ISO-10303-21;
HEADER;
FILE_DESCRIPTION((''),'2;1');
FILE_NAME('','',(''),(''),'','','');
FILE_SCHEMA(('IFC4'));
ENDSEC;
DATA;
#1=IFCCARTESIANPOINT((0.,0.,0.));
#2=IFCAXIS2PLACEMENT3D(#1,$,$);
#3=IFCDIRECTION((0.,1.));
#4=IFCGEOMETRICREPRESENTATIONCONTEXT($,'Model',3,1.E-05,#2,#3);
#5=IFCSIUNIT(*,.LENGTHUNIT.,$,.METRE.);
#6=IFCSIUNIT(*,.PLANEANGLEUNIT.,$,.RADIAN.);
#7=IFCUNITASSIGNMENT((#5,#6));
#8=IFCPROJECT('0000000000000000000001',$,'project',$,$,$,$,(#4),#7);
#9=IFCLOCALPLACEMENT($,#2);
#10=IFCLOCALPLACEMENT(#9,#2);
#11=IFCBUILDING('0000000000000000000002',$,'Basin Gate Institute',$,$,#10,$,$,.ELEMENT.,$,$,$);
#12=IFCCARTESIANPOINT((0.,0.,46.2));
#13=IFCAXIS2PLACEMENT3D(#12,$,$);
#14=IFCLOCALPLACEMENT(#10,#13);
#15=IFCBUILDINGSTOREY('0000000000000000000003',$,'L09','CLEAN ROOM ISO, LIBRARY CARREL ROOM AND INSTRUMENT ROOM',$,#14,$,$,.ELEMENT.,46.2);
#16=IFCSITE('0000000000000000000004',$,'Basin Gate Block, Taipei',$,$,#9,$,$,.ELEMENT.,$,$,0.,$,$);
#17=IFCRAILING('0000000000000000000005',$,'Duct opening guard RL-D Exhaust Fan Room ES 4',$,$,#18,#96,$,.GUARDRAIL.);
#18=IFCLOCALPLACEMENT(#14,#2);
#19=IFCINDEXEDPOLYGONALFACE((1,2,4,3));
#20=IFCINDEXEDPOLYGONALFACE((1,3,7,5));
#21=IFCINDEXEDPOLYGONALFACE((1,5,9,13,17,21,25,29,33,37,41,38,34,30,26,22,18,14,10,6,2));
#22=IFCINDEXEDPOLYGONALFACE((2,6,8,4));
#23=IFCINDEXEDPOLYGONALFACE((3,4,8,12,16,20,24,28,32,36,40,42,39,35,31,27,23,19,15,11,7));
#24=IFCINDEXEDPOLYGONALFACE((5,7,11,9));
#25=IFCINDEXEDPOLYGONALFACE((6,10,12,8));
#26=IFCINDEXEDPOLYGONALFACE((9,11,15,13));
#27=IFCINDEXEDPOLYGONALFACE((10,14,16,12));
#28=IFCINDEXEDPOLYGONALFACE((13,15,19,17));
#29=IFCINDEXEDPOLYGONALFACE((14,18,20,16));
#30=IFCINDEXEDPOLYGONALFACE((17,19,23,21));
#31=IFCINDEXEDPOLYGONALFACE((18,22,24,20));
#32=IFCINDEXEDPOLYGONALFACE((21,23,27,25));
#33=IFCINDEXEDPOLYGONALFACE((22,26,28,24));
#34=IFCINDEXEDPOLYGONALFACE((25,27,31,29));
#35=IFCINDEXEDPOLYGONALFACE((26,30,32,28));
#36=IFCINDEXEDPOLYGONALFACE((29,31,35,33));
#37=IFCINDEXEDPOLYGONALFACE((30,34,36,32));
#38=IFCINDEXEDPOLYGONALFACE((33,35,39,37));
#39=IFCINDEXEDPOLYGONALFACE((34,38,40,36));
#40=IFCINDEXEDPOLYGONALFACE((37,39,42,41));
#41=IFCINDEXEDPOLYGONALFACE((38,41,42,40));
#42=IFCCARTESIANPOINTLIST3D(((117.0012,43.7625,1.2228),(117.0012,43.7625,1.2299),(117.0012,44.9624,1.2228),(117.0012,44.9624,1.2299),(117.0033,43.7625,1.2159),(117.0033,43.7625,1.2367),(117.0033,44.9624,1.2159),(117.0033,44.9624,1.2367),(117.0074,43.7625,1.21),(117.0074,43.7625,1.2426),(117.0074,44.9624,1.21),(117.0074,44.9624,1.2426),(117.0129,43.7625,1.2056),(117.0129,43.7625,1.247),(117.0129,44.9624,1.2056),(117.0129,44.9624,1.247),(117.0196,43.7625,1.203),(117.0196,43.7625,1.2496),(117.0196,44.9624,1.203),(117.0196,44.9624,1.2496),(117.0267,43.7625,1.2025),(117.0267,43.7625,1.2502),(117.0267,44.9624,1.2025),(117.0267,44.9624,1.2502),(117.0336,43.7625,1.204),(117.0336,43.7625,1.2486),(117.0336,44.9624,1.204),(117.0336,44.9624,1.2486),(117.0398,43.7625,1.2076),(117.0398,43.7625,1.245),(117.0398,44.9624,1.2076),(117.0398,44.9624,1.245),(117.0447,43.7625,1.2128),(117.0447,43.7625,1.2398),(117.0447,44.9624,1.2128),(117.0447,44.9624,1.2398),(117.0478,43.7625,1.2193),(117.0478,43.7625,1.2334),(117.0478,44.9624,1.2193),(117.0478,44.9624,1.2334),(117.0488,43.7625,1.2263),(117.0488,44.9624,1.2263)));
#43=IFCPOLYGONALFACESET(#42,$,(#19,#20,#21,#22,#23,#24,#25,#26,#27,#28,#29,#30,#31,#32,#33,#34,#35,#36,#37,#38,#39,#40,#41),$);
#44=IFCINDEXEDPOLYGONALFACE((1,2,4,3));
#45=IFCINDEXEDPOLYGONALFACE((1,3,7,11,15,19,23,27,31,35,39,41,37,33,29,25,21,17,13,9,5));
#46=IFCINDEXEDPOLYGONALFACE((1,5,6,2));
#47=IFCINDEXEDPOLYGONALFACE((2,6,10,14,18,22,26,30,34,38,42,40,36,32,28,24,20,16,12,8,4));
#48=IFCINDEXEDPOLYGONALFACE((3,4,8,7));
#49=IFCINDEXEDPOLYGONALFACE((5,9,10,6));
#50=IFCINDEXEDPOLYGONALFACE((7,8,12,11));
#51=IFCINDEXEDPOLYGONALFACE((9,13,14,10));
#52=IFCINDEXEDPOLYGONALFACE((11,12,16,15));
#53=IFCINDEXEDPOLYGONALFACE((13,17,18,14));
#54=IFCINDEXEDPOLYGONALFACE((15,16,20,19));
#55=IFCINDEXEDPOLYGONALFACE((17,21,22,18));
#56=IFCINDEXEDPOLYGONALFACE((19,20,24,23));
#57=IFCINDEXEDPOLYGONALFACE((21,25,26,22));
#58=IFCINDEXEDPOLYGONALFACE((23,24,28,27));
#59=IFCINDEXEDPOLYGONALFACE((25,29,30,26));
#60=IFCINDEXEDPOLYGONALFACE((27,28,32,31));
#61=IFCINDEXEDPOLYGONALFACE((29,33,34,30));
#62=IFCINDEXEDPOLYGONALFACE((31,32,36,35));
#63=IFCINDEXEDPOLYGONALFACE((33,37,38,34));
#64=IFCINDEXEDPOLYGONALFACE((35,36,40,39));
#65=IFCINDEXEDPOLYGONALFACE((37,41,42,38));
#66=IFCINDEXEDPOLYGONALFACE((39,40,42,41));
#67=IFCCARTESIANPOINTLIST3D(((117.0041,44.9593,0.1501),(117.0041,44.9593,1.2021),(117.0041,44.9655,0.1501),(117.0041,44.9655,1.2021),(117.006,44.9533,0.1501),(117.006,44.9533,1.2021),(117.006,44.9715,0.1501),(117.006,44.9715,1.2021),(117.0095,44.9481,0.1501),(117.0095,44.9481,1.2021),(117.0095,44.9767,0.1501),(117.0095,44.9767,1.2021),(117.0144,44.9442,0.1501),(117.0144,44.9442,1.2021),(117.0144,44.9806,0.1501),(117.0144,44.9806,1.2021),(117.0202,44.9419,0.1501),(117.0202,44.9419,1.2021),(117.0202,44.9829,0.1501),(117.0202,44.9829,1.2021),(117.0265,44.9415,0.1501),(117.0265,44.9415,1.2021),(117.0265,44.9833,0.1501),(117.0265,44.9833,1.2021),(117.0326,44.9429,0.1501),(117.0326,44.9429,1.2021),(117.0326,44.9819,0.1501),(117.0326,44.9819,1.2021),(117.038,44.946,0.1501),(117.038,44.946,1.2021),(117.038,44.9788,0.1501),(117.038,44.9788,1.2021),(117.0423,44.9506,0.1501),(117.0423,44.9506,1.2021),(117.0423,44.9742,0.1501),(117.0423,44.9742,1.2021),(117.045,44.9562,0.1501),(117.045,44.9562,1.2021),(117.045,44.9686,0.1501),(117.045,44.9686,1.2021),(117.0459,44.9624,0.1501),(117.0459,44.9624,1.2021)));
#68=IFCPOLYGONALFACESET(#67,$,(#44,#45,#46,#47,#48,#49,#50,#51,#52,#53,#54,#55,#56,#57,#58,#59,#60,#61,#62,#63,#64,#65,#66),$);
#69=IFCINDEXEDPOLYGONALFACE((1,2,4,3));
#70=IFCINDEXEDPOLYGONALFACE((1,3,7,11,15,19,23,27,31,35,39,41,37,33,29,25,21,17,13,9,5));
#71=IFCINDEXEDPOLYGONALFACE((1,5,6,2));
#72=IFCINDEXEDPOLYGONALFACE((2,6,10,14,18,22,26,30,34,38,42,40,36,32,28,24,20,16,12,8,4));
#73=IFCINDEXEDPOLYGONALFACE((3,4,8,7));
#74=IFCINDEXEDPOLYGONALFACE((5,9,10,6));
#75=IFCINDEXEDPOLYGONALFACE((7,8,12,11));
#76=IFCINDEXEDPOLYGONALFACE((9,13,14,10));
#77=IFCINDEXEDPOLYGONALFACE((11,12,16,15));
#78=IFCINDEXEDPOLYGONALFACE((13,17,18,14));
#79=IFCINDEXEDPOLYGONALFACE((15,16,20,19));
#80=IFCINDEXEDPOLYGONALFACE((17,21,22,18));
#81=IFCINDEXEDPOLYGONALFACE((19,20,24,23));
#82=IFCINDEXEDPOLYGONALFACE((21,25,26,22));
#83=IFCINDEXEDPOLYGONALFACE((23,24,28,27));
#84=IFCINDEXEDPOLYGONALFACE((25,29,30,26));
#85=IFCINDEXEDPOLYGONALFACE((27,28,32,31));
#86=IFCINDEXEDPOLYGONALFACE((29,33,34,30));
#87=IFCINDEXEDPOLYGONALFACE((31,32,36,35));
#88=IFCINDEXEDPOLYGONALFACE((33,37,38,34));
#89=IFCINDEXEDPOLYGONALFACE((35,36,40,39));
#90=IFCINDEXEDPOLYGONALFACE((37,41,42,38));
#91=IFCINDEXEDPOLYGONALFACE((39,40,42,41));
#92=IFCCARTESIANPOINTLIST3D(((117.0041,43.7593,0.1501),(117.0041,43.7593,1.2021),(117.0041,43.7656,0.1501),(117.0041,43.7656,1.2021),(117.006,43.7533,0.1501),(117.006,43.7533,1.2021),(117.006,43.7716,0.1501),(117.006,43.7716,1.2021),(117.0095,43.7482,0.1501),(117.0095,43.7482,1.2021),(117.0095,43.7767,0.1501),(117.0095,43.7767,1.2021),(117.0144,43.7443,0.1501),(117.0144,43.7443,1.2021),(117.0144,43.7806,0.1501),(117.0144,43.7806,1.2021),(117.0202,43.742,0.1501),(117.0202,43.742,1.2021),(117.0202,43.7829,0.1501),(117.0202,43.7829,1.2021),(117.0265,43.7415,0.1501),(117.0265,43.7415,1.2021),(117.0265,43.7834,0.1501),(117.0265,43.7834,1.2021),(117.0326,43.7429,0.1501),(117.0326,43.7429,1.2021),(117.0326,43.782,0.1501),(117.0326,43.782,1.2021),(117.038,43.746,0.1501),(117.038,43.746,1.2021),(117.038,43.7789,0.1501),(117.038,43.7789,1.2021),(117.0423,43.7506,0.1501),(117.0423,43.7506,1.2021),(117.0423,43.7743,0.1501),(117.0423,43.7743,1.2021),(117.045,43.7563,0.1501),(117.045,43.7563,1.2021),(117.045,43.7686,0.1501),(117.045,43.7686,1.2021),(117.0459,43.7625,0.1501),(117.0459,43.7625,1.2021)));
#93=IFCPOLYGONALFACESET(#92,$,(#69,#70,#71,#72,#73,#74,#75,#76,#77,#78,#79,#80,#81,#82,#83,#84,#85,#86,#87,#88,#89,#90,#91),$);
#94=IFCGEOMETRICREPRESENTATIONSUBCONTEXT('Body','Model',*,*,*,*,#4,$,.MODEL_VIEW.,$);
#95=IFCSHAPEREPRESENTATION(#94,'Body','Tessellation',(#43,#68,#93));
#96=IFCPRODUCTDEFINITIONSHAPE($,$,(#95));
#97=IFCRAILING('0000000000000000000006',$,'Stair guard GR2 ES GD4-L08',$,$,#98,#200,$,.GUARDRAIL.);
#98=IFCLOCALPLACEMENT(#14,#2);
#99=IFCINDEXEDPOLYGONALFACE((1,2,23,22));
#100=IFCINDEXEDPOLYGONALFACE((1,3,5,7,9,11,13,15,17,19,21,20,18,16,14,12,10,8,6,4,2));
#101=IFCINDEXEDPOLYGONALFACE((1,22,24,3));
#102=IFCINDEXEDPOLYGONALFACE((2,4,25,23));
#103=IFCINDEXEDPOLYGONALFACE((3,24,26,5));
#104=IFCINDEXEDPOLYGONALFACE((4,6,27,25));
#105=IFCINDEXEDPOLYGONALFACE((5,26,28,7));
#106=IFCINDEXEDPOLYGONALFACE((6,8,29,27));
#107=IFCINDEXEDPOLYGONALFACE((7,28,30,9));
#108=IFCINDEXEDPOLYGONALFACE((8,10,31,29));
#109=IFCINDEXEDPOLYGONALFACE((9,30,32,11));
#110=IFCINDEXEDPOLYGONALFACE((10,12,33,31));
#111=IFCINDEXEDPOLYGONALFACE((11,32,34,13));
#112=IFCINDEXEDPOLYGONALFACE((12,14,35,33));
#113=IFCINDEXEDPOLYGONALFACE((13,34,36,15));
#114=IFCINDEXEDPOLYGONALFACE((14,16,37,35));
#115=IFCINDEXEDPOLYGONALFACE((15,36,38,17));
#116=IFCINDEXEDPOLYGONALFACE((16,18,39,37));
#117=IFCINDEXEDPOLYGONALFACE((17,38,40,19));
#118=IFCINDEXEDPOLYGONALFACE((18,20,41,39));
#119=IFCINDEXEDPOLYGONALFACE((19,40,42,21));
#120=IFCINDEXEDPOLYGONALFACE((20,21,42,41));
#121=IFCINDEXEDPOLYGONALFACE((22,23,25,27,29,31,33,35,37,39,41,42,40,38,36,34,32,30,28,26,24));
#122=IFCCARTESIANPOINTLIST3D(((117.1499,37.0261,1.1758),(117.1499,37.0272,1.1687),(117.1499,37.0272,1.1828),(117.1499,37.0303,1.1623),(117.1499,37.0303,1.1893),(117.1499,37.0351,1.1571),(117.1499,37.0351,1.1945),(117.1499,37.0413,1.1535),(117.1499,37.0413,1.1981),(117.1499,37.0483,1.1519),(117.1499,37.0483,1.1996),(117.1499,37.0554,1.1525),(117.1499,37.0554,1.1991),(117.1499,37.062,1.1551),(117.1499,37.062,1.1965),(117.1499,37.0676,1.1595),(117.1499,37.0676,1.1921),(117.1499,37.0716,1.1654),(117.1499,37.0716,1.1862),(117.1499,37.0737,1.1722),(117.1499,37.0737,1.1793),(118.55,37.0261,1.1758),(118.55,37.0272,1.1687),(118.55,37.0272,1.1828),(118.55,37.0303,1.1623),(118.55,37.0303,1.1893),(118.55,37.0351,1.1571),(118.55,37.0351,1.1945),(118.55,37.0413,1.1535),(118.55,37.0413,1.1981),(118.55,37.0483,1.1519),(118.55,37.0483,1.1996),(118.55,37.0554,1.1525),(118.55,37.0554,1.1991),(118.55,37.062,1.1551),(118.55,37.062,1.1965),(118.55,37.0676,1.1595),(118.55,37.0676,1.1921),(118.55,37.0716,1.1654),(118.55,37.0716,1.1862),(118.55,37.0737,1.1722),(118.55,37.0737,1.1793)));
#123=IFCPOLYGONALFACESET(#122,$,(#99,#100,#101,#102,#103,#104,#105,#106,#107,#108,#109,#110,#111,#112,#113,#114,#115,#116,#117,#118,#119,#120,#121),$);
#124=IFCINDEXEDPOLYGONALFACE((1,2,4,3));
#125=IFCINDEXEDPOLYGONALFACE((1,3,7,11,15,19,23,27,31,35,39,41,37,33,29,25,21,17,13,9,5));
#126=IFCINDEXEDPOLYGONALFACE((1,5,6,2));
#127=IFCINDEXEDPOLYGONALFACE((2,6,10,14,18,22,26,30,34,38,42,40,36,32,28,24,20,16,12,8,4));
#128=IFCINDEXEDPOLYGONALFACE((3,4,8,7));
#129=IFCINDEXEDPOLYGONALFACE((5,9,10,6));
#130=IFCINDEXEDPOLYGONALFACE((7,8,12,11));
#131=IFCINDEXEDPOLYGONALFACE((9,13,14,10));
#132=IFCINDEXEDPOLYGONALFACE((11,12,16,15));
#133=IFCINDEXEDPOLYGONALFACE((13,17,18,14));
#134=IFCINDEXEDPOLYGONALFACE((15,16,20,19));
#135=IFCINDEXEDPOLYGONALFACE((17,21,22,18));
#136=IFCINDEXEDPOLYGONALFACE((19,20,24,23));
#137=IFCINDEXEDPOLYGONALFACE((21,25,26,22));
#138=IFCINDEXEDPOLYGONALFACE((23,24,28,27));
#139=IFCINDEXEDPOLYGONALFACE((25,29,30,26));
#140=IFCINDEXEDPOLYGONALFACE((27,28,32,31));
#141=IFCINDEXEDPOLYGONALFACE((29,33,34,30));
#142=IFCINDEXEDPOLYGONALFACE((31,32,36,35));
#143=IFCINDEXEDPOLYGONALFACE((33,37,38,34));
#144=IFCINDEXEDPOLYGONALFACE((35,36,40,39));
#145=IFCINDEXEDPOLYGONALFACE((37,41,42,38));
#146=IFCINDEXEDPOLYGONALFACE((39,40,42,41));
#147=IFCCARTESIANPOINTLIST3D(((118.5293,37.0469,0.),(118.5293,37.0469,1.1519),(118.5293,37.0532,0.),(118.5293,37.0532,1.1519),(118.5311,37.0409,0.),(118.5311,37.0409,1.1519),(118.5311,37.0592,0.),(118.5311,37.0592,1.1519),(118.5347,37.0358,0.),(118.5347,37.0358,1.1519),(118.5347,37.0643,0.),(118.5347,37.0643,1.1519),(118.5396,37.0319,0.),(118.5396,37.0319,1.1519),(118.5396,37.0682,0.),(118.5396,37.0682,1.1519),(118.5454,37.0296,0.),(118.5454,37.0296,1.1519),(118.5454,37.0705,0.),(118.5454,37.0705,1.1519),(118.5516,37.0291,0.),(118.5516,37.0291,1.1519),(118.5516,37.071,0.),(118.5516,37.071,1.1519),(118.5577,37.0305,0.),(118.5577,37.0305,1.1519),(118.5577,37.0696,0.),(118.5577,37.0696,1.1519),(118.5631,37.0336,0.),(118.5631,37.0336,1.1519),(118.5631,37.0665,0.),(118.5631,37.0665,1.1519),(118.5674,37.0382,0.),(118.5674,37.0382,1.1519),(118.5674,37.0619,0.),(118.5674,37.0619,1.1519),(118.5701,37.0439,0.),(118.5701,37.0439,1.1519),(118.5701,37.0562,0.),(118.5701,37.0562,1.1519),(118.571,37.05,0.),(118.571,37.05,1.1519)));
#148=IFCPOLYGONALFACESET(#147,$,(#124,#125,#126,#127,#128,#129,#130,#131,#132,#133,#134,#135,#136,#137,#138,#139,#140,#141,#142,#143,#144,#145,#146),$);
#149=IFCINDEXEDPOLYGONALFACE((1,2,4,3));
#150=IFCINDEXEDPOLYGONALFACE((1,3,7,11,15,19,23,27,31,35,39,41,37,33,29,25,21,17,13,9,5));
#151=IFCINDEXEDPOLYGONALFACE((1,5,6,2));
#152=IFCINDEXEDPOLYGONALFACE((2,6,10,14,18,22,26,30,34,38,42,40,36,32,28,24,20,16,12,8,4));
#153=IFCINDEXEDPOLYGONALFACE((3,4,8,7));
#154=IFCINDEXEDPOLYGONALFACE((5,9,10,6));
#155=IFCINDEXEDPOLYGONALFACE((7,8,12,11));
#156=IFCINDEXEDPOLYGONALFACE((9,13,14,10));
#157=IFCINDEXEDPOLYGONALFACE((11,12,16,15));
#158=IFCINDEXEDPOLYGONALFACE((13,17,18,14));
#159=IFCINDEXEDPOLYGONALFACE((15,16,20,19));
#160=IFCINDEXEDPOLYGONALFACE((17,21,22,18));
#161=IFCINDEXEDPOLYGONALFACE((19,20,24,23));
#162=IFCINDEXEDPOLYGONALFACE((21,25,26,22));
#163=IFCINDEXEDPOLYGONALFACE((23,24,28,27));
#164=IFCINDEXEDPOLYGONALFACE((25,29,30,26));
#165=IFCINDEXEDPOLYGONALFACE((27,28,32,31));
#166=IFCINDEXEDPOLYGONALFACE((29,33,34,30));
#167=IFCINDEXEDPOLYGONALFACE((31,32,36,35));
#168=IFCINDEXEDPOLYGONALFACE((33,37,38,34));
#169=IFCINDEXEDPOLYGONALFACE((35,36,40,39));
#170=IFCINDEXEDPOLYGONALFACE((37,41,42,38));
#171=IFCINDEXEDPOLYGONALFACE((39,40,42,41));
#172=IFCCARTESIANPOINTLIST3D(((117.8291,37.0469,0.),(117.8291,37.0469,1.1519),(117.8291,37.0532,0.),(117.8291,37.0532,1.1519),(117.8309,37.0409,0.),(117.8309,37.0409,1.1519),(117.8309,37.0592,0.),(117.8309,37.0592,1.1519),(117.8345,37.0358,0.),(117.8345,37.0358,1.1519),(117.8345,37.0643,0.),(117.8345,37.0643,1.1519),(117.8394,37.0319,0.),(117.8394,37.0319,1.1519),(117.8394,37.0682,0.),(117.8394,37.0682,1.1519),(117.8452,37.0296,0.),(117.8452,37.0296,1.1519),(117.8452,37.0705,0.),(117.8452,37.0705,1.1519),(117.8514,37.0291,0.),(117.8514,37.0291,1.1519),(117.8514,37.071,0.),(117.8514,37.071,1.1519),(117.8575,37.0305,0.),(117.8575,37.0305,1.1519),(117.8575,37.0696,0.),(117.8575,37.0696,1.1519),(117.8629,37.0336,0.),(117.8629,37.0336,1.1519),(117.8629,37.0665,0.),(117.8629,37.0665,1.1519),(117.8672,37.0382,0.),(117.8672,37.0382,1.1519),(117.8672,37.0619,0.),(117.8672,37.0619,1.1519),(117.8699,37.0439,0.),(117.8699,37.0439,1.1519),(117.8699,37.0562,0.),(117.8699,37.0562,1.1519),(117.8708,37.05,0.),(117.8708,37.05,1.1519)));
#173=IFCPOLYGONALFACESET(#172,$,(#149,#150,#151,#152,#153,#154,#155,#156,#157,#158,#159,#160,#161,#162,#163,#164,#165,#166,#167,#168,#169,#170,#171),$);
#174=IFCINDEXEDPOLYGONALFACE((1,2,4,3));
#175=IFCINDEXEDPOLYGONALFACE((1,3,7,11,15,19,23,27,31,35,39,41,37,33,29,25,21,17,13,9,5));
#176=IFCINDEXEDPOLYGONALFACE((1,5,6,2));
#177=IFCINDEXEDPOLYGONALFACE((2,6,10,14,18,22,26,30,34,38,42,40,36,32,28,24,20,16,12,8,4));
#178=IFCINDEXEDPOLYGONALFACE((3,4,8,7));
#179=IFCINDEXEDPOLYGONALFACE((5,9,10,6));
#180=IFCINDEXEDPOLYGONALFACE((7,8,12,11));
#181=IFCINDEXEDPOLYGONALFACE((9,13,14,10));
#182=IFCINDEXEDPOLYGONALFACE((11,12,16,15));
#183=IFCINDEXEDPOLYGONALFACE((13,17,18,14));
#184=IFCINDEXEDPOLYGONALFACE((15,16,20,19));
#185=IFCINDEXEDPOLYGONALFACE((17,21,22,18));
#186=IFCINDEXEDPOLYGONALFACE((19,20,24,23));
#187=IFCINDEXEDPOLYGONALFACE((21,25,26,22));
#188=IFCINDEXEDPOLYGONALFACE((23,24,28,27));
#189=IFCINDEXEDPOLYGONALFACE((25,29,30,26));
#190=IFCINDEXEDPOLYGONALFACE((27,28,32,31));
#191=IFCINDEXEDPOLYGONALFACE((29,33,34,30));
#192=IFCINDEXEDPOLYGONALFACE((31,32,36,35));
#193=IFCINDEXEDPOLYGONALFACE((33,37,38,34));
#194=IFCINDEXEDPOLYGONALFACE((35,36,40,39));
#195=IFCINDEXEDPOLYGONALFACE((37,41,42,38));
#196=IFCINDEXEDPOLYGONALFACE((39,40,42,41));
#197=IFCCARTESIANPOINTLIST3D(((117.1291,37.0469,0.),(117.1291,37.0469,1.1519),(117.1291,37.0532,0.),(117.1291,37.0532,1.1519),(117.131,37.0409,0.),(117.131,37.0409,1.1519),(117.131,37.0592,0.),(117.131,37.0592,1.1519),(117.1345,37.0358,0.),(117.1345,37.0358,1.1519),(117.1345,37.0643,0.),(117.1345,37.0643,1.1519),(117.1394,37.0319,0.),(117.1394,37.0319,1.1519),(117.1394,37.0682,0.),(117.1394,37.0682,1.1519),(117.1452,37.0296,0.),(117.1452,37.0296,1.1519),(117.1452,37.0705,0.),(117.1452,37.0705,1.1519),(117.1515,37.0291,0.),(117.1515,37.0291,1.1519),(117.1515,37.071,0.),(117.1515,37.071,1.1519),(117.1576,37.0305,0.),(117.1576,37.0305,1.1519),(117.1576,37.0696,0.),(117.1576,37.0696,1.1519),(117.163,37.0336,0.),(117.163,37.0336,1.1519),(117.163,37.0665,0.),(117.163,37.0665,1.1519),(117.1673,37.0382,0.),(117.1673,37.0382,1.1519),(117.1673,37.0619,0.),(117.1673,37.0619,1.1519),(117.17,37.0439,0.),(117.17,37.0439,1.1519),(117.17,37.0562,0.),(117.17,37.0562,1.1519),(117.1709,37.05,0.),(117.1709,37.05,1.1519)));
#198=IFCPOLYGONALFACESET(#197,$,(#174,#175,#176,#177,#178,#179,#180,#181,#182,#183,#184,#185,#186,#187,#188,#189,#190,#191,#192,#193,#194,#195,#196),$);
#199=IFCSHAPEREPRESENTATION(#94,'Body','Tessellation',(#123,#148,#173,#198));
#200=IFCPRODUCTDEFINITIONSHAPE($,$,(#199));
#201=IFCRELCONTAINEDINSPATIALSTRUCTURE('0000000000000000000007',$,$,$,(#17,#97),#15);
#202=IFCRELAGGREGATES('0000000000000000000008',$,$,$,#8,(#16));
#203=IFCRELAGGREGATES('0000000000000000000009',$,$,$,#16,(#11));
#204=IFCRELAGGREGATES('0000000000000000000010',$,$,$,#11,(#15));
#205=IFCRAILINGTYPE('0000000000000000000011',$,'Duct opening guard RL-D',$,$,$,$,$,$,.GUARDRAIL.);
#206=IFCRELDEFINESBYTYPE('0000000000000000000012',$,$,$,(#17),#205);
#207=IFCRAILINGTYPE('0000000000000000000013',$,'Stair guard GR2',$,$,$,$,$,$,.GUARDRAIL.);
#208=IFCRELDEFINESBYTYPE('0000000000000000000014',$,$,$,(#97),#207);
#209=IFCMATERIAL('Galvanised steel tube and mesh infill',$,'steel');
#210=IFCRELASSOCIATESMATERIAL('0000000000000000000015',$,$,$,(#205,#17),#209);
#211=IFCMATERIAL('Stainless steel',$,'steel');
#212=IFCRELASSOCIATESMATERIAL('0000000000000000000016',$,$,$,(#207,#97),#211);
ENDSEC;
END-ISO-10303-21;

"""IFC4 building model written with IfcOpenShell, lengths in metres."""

from ifc_helpers import new_model, si_unit, direction, frame, origin, origin_2d, place, context, subcontext, project, spatial, circle, extrude, material, type_object, element, save


model = new_model("IFC4")

# Units and contexts
model_context = context("Model", 3, precision=1e-05, world=origin(), true_north=direction((0.0, 1.0)))
body_context = subcontext(model_context, "Body", "Model", "MODEL_VIEW")
ifc_project = project(units=[si_unit("LENGTHUNIT", "METRE"), si_unit("PLANEANGLEUNIT", "RADIAN")], contexts=[model_context])

# Site, building, storey
site_placement = place(None, origin())
site = spatial("IfcSite", under=ifc_project, at=site_placement, Name="Basin Gate Block, Taipei", CompositionType="ELEMENT", RefElevation=0.0)
building_placement = place(site_placement, origin())
building = spatial("IfcBuilding", under=site, at=building_placement, Name="Basin Gate Institute", CompositionType="ELEMENT")
storey_placement = place(building_placement, frame((0.0, 0.0, 46.2)))
storey = spatial("IfcBuildingStorey", under=building, at=storey_placement, Name="L09", Description="CLEAN ROOM ISO, LIBRARY CARREL ROOM AND INSTRUMENT ROOM", CompositionType="ELEMENT", Elevation=46.2)

# Railings
ifc_material_1 = material(Name="Galvanised steel tube and mesh infill", Category="steel")
railing_type_1 = type_object("IfcRailingType", Name="Duct opening guard RL-D", PredefinedType="GUARDRAIL", material=ifc_material_1)
railing_1_placement = place(storey_placement, frame((117.0249, 44.9624, 0.1501)))
element("IfcRailing", 1, at=railing_1_placement, inside=storey, type_object=railing_type_1, material=ifc_material_1, Name="Duct opening guard RL-D Exhaust Fan Room ES 4", PredefinedType="GUARDRAIL", context=body_context, shape_type="SweptSolid", body=[
    extrude(circle(Radius=0.0239, at=origin_2d()), frame((0.0, 0.0, 1.0762), z_axis=(0.0, -1.0, 0.0), x_axis=(1.0, 0.0, 0.0)), (0.0, 0.0, 1.0), 1.2),
    extrude(circle(Radius=0.021, at=origin_2d()), origin(), (0.0, 0.0, 1.0), 1.052),
    extrude(circle(Radius=0.021, at=origin_2d()), frame((0.0, -1.2, 0.0)), (0.0, 0.0, 1.0), 1.052),
])
ifc_material_2 = material(Name="Stainless steel", Category="steel")
railing_type_2 = type_object("IfcRailingType", Name="Stair guard GR2", PredefinedType="GUARDRAIL", material=ifc_material_2)
railing_2_placement = place(storey_placement, frame((118.55, 37.05, 0.0)))
element("IfcRailing", 2, at=railing_2_placement, inside=storey, type_object=railing_type_2, material=ifc_material_2, Name="Stair guard GR2 ES GD4-L08", PredefinedType="GUARDRAIL", context=body_context, shape_type="SweptSolid", body=[
    extrude(circle(Radius=0.0239, at=origin_2d()), frame((0.0, 0.0, 1.1758), z_axis=(-1.0, 0.0, 0.0), x_axis=(0.0, -1.0, 0.0)), (0.0, 0.0, 1.0), 1.4001),
    extrude(circle(Radius=0.021, at=origin_2d()), origin(), (0.0, 0.0, 1.0), 1.1519),
    extrude(circle(Radius=0.021, at=origin_2d()), frame((-0.7002, 0.0, 0.0)), (0.0, 0.0, 1.0), 1.1519),
    extrude(circle(Radius=0.021, at=origin_2d()), frame((-1.4001, 0.0, 0.0)), (0.0, 0.0, 1.0), 1.1519),
])

save(model, "model.ifc")
